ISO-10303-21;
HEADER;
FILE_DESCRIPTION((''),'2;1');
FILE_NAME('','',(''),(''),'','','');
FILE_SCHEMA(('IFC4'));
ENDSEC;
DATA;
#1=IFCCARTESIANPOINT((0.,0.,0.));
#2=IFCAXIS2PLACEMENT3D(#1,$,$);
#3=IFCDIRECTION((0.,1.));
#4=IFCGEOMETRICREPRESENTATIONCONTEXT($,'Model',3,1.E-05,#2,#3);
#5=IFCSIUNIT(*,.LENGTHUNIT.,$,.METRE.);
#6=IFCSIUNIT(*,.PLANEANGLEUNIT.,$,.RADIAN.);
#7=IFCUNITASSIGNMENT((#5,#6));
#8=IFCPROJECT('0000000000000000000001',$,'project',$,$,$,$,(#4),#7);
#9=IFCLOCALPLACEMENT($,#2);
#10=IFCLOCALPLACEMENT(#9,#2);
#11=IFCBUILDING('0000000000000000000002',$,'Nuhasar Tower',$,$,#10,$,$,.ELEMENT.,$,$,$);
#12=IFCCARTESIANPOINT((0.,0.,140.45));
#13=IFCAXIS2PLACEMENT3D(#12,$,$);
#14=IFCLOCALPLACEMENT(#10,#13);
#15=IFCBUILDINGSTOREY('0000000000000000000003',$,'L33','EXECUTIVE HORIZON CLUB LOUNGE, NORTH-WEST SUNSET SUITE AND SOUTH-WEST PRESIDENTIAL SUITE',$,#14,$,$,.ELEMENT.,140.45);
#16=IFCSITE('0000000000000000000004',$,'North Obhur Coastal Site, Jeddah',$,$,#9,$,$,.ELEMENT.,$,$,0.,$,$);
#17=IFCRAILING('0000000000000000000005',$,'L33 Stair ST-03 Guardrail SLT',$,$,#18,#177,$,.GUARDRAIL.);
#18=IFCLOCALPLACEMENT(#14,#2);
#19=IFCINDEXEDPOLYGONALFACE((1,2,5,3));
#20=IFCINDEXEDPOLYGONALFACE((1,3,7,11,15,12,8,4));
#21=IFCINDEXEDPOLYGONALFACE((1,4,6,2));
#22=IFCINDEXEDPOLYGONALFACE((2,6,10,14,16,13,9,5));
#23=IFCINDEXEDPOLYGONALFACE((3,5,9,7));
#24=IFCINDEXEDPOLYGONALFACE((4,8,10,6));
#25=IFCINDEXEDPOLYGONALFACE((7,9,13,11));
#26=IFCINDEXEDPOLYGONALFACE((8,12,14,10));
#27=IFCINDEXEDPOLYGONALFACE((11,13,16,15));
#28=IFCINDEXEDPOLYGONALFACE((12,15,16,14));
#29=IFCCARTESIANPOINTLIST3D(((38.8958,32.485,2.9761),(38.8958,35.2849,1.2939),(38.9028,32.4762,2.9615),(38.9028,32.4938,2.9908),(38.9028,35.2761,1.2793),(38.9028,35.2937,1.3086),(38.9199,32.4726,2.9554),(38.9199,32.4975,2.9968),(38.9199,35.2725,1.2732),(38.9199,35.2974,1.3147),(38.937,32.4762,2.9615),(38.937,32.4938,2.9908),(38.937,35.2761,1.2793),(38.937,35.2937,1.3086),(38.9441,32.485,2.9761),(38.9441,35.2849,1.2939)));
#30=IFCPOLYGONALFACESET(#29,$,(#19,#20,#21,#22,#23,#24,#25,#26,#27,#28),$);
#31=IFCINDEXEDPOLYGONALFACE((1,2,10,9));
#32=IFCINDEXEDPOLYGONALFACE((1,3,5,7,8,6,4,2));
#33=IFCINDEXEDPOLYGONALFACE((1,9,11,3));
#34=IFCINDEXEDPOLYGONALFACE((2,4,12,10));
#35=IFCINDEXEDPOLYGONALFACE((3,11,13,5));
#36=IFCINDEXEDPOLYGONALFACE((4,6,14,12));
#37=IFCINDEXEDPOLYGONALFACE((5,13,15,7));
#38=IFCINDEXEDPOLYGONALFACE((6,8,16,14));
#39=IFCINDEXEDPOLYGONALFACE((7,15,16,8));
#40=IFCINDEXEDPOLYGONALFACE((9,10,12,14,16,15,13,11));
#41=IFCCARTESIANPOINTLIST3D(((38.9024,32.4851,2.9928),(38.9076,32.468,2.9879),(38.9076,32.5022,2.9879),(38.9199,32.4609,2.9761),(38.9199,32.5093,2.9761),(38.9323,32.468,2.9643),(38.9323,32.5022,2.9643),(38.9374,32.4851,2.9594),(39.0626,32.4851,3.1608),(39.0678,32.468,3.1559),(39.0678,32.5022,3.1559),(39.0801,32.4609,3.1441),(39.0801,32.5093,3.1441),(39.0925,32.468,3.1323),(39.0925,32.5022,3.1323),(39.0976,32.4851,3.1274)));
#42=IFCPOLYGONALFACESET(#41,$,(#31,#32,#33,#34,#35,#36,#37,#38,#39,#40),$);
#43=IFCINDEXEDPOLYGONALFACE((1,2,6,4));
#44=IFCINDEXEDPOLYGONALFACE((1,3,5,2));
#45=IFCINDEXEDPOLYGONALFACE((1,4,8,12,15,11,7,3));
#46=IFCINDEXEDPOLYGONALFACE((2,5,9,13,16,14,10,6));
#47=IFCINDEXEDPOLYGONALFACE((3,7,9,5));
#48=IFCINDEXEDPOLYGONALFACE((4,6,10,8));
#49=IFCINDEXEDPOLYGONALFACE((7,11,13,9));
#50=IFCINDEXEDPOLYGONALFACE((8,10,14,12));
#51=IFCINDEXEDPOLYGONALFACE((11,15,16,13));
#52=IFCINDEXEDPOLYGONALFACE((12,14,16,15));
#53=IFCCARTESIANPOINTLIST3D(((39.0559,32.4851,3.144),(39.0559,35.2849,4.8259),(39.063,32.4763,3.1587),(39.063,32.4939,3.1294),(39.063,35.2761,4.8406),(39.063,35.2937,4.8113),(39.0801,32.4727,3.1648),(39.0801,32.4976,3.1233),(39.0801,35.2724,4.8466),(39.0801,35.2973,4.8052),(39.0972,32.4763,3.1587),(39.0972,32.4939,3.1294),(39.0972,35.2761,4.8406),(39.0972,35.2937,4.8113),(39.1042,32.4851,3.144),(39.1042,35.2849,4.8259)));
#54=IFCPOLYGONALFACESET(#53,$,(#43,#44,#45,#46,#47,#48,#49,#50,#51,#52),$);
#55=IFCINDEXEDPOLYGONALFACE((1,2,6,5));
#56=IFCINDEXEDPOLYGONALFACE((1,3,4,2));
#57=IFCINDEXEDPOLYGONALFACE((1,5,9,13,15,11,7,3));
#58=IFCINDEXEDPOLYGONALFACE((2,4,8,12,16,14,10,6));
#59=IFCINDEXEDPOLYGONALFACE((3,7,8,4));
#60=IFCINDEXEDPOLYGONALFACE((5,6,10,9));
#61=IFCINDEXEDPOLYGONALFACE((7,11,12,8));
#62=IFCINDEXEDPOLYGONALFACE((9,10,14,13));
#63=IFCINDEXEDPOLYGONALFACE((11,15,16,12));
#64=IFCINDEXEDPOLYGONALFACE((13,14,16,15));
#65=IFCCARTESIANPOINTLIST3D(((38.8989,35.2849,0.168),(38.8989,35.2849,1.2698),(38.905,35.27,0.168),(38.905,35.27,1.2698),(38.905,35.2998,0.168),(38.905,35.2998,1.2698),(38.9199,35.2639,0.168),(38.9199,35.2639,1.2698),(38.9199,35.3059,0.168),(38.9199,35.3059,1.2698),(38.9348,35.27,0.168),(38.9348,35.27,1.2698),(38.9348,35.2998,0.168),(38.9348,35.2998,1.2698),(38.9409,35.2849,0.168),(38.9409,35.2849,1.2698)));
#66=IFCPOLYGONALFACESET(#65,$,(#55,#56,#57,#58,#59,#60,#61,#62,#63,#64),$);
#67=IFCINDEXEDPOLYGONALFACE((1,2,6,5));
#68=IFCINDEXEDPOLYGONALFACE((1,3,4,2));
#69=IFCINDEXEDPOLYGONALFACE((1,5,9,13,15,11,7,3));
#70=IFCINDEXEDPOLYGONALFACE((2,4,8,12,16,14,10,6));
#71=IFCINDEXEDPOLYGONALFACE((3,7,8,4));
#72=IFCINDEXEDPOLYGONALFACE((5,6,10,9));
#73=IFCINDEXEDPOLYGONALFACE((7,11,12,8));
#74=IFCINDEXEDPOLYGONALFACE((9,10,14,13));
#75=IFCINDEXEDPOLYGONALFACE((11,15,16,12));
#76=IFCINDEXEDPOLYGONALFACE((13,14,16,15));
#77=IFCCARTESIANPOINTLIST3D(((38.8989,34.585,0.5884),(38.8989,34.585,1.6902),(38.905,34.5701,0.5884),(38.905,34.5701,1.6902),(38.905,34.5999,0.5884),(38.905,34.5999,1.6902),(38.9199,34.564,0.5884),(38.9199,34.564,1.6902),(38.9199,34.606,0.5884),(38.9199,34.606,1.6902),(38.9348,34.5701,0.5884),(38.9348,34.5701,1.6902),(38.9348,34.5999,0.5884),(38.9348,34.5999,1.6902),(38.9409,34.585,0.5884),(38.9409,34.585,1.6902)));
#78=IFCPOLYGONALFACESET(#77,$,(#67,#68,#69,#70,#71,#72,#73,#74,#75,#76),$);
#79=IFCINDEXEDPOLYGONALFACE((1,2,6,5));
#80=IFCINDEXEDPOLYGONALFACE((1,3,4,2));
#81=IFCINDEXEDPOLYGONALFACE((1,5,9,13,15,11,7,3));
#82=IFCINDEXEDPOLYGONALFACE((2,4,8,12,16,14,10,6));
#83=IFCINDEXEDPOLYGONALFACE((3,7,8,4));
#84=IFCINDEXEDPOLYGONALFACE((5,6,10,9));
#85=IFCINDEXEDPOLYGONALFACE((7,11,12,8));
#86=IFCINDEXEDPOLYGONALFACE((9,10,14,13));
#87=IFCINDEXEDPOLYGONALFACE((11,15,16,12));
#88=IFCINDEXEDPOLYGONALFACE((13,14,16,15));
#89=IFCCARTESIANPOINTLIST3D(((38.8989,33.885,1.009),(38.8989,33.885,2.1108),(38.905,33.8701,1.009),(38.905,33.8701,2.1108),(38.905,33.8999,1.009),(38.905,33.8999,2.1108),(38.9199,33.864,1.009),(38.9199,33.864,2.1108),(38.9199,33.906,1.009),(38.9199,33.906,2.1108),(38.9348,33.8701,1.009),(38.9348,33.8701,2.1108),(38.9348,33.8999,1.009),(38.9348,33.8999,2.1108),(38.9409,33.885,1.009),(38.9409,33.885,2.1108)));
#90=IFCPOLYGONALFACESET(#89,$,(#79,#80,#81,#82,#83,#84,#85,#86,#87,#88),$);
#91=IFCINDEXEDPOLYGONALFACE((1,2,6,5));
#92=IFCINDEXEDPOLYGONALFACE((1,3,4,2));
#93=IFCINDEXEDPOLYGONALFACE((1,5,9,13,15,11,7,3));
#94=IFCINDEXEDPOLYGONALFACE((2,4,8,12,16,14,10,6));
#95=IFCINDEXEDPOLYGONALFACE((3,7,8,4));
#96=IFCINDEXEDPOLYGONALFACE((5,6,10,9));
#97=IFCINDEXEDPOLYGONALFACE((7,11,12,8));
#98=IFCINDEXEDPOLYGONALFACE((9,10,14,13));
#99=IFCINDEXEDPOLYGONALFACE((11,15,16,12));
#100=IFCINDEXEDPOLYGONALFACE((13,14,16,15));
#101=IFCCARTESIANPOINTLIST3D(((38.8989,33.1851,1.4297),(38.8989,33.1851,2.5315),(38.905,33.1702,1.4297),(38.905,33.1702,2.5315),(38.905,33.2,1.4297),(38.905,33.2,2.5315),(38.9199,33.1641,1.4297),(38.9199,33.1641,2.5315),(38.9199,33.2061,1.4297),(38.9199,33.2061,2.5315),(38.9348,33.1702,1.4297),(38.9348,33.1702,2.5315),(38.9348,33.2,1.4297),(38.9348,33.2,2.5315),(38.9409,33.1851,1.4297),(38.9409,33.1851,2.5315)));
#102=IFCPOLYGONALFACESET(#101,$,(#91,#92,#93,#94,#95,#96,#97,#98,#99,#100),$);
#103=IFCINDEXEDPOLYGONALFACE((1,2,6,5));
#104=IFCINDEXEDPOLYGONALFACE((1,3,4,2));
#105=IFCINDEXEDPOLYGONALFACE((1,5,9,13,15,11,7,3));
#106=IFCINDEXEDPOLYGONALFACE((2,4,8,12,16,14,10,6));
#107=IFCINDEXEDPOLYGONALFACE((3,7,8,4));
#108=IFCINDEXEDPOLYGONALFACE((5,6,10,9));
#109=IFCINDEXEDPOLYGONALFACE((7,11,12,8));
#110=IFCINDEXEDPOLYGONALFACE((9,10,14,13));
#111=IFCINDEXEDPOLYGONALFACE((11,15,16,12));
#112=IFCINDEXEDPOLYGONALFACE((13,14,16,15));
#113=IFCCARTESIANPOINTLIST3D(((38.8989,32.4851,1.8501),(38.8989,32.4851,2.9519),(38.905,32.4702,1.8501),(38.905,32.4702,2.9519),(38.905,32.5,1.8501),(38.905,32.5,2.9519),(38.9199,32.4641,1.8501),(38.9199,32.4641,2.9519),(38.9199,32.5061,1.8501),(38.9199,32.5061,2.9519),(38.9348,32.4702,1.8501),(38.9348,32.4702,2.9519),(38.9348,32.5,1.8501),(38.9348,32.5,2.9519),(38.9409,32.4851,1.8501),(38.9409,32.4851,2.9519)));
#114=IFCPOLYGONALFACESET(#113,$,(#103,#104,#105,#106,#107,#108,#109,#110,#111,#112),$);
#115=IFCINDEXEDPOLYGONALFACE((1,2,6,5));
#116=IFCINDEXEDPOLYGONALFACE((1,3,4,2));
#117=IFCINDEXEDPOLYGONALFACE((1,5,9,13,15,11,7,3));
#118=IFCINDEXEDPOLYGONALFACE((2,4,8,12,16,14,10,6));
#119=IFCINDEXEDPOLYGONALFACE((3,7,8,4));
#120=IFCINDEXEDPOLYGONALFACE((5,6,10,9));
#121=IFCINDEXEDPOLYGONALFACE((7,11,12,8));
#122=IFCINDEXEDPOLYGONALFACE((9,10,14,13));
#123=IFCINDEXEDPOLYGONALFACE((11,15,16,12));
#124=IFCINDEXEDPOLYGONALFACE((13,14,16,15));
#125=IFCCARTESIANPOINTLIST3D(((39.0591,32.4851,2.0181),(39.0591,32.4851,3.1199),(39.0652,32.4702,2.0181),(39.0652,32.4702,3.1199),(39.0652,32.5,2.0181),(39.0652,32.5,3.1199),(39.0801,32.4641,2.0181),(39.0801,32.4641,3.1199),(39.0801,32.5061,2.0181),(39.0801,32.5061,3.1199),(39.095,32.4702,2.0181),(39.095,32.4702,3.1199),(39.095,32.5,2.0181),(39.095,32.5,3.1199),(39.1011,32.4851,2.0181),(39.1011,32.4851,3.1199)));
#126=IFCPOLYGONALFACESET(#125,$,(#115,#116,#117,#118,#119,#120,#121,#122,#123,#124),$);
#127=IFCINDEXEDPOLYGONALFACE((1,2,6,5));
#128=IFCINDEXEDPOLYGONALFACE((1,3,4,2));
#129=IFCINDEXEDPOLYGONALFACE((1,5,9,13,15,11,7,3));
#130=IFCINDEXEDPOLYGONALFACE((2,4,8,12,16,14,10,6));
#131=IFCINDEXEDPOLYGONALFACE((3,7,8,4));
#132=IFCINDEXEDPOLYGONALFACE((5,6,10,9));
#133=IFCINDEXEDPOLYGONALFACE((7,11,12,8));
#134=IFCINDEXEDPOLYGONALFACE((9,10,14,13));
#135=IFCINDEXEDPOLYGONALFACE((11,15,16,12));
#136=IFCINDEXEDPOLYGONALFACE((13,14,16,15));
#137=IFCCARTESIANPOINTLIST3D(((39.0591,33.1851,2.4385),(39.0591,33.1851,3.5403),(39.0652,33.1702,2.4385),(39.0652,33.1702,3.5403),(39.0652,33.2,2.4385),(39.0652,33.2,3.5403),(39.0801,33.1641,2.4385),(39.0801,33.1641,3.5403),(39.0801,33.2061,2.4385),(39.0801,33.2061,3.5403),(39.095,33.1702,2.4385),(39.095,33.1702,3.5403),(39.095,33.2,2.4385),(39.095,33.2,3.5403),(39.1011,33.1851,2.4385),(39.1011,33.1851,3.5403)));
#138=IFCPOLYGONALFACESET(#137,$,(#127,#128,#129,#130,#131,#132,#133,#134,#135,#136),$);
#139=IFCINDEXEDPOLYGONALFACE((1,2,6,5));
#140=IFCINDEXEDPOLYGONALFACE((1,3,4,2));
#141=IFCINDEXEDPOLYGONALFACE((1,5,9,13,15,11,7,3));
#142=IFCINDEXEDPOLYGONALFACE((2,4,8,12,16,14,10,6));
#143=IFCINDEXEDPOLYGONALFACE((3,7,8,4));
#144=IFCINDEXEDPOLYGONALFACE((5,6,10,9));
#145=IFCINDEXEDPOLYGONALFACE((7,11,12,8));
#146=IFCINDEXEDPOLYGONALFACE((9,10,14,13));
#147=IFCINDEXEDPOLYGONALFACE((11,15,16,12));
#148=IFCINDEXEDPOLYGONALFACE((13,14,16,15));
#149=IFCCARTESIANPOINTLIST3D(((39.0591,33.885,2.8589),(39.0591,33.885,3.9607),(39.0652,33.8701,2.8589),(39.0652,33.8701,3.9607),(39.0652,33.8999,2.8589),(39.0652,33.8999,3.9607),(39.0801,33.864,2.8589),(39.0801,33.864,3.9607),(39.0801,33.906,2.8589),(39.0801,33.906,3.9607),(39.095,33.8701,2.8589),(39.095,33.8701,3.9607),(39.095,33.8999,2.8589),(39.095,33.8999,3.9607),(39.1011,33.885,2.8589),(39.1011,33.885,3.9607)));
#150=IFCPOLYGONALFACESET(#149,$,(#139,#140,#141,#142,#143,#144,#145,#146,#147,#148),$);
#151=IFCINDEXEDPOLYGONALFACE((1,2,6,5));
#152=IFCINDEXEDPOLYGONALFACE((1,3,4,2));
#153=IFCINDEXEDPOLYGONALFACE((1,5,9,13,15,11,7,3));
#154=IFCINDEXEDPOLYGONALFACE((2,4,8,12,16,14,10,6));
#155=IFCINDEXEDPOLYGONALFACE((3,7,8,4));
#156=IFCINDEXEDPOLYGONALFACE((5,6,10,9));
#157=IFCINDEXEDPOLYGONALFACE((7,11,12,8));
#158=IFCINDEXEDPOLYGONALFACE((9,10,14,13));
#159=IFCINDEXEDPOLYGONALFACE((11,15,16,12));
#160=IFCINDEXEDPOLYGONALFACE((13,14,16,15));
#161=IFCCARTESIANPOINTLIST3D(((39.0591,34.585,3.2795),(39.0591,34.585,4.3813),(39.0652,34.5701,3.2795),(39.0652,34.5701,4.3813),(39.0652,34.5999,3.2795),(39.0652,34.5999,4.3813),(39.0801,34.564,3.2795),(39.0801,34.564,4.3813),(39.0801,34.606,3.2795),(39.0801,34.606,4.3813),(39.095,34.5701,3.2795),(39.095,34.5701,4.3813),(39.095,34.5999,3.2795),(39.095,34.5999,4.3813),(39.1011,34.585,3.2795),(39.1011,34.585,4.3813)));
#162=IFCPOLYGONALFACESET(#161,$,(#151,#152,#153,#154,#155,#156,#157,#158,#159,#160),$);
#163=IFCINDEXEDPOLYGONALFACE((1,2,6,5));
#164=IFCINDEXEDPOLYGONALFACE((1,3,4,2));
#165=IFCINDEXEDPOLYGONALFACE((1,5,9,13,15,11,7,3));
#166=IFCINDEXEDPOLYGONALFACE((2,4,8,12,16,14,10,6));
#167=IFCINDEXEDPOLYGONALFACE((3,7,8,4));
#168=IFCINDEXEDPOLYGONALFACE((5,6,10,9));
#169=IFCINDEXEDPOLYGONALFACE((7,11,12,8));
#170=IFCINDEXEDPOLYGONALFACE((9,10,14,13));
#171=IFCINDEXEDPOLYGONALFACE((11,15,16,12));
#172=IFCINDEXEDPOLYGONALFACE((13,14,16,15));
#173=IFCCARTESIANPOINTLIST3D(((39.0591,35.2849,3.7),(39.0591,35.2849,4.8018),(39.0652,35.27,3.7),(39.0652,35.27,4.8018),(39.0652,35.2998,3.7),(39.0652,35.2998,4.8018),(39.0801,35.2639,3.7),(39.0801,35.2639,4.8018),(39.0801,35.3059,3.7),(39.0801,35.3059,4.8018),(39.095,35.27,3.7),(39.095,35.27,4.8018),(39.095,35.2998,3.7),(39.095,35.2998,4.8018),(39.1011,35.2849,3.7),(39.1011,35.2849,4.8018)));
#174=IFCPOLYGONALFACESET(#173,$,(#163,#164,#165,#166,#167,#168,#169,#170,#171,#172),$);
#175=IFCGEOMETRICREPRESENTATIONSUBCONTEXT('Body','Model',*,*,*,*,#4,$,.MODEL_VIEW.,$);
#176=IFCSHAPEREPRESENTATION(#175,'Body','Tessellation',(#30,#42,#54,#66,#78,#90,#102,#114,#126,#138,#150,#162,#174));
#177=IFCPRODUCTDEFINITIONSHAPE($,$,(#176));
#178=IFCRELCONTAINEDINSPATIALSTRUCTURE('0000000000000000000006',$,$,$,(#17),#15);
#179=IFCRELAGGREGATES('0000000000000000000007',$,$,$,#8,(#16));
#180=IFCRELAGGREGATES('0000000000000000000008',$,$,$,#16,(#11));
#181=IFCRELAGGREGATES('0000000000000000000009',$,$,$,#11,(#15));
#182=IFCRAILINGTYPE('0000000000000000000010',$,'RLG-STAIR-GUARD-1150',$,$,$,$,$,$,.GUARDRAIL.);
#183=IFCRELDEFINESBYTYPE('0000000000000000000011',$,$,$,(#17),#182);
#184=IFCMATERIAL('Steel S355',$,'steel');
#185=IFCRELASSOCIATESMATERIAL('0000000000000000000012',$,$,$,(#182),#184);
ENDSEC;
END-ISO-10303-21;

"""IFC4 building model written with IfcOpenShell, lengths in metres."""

from ifc_helpers import new_model, si_unit, direction, frame, origin, place, context, subcontext, project, spatial, polyline, outline, extrude, material, type_object, element, save


model = new_model("IFC4")

# Units and contexts
model_context = context("Model", 3, precision=1e-05, world=origin(), true_north=direction((0.0, 1.0)))
body_context = subcontext(model_context, "Body", "Model", "MODEL_VIEW")
ifc_project = project(units=[si_unit("LENGTHUNIT", "METRE"), si_unit("PLANEANGLEUNIT", "RADIAN")], contexts=[model_context])

# Site, building, storey
site_placement = place(None, origin())
site = spatial("IfcSite", under=ifc_project, at=site_placement, Name="North Obhur Coastal Site, Jeddah", CompositionType="ELEMENT", RefElevation=0.0)
building_placement = place(site_placement, origin())
building = spatial("IfcBuilding", under=site, at=building_placement, Name="Nuhasar Tower", CompositionType="ELEMENT")
storey_placement = place(building_placement, frame((0.0, 0.0, 140.45)))
storey = spatial("IfcBuildingStorey", under=building, at=storey_placement, Name="L33", Description="EXECUTIVE HORIZON CLUB LOUNGE, NORTH-WEST SUNSET SUITE AND SOUTH-WEST PRESIDENTIAL SUITE", CompositionType="ELEMENT", Elevation=140.45)

# Shared definitions
ifc_material_1 = material(Name="Steel S355", Category="steel")

# Railing
railing_type_1 = type_object("IfcRailingType", Name="RLG-STAIR-GUARD-1150", PredefinedType="GUARDRAIL", material=ifc_material_1)
railing_1_placement = place(storey_placement, frame((38.9199, 35.2849, 0.168)))
element("IfcRailing", 1, at=railing_1_placement, inside=storey, type_object=railing_type_1, Name="L33 Stair ST-03 Guardrail SLT", PredefinedType="GUARDRAIL", context=body_context, shape_type="SweptSolid", body=[
    extrude(outline(polyline([(0.0242, 0.0), (0.0171, 0.0171), (0.0, 0.0242), (-0.0171, 0.0171), (-0.0242, 0.0), (-0.0171, -0.0171), (0.0, -0.0242), (0.0171, -0.0171), (0.0242, 0.0)])), frame((0.0, 0.0, 1.126), z_axis=(0.0, -0.857189, 0.515001), x_axis=(1.0, 0.0, 0.0)), (0.0, 0.0, 1.0), 3.2664),
    extrude(outline(polyline([(0.0242, 0.0), (0.0171, 0.0171), (0.0, 0.0242), (-0.0171, 0.0171), (-0.0242, 0.0), (-0.0171, -0.0171), (0.0, -0.0242), (0.0171, -0.0171), (0.0242, 0.0)])), frame((0.0, -2.7998, 2.8081), z_axis=(0.690075, 0.0, 0.723738), x_axis=(0.0, 1.0, 0.0)), (0.0, 0.0, 1.0), 0.2322),
    extrude(outline(polyline([(0.0242, 0.0), (0.0171, 0.0171), (0.0, 0.0242), (-0.0171, 0.0171), (-0.0242, 0.0), (-0.0171, -0.0171), (0.0, -0.0242), (0.0171, -0.0171), (0.0242, 0.0)])), frame((0.1602, -2.7998, 2.9761), z_axis=(0.0, 0.857222, 0.514946), x_axis=(-1.0, 0.0, 0.0)), (0.0, 0.0, 1.0), 3.2661),
    extrude(outline(polyline([(0.021, 0.0), (0.0149, 0.0149), (0.0, 0.021), (-0.0149, 0.0149), (-0.021, 0.0), (-0.0149, -0.0149), (0.0, -0.021), (0.0149, -0.0149), (0.021, 0.0)])), origin(), (0.0, 0.0, 1.0), 1.1018),
    extrude(outline(polyline([(0.021, 0.0), (0.0149, 0.0149), (0.0, 0.021), (-0.0149, 0.0149), (-0.021, 0.0), (-0.0149, -0.0149), (0.0, -0.021), (0.0149, -0.0149), (0.021, 0.0)])), frame((0.0, -0.7, 0.4204)), (0.0, 0.0, 1.0), 1.1018),
    extrude(outline(polyline([(0.021, 0.0), (0.0149, 0.0149), (0.0, 0.021), (-0.0149, 0.0149), (-0.021, 0.0), (-0.0149, -0.0149), (0.0, -0.021), (0.0149, -0.0149), (0.021, 0.0)])), frame((0.0, -1.3999, 0.8411)), (0.0, 0.0, 1.0), 1.1018),
    extrude(outline(polyline([(0.021, 0.0), (0.0149, 0.0149), (0.0, 0.021), (-0.0149, 0.0149), (-0.021, 0.0), (-0.0149, -0.0149), (0.0, -0.021), (0.0149, -0.0149), (0.021, 0.0)])), frame((0.0, -2.0999, 1.2617)), (0.0, 0.0, 1.0), 1.1018),
    extrude(outline(polyline([(0.021, 0.0), (0.0149, 0.0149), (0.0, 0.021), (-0.0149, 0.0149), (-0.021, 0.0), (-0.0149, -0.0149), (0.0, -0.021), (0.0149, -0.0149), (0.021, 0.0)])), frame((0.0, -2.7998, 1.6821)), (0.0, 0.0, 1.0), 1.1018),
    extrude(outline(polyline([(0.021, 0.0), (0.0149, 0.0149), (0.0, 0.021), (-0.0149, 0.0149), (-0.021, 0.0), (-0.0149, -0.0149), (0.0, -0.021), (0.0149, -0.0149), (0.021, 0.0)])), frame((0.1602, -2.7998, 1.8501)), (0.0, 0.0, 1.0), 1.1018),
    extrude(outline(polyline([(0.021, 0.0), (0.0149, 0.0149), (0.0, 0.021), (-0.0149, 0.0149), (-0.021, 0.0), (-0.0149, -0.0149), (0.0, -0.021), (0.0149, -0.0149), (0.021, 0.0)])), frame((0.1602, -2.0999, 2.2705)), (0.0, 0.0, 1.0), 1.1018),
    extrude(outline(polyline([(0.021, 0.0), (0.0149, 0.0149), (0.0, 0.021), (-0.0149, 0.0149), (-0.021, 0.0), (-0.0149, -0.0149), (0.0, -0.021), (0.0149, -0.0149), (0.021, 0.0)])), frame((0.1602, -1.3999, 2.6909)), (0.0, 0.0, 1.0), 1.1018),
    extrude(outline(polyline([(0.021, 0.0), (0.0149, 0.0149), (0.0, 0.021), (-0.0149, 0.0149), (-0.021, 0.0), (-0.0149, -0.0149), (0.0, -0.021), (0.0149, -0.0149), (0.021, 0.0)])), frame((0.1602, -0.7, 3.1116)), (0.0, 0.0, 1.0), 1.1018),
    extrude(outline(polyline([(0.021, 0.0), (0.0149, 0.0149), (0.0, 0.021), (-0.0149, 0.0149), (-0.021, 0.0), (-0.0149, -0.0149), (0.0, -0.021), (0.0149, -0.0149), (0.021, 0.0)])), frame((0.1602, 0.0, 3.532)), (0.0, 0.0, 1.0), 1.1018),
])

save(model, "model.ifc")
